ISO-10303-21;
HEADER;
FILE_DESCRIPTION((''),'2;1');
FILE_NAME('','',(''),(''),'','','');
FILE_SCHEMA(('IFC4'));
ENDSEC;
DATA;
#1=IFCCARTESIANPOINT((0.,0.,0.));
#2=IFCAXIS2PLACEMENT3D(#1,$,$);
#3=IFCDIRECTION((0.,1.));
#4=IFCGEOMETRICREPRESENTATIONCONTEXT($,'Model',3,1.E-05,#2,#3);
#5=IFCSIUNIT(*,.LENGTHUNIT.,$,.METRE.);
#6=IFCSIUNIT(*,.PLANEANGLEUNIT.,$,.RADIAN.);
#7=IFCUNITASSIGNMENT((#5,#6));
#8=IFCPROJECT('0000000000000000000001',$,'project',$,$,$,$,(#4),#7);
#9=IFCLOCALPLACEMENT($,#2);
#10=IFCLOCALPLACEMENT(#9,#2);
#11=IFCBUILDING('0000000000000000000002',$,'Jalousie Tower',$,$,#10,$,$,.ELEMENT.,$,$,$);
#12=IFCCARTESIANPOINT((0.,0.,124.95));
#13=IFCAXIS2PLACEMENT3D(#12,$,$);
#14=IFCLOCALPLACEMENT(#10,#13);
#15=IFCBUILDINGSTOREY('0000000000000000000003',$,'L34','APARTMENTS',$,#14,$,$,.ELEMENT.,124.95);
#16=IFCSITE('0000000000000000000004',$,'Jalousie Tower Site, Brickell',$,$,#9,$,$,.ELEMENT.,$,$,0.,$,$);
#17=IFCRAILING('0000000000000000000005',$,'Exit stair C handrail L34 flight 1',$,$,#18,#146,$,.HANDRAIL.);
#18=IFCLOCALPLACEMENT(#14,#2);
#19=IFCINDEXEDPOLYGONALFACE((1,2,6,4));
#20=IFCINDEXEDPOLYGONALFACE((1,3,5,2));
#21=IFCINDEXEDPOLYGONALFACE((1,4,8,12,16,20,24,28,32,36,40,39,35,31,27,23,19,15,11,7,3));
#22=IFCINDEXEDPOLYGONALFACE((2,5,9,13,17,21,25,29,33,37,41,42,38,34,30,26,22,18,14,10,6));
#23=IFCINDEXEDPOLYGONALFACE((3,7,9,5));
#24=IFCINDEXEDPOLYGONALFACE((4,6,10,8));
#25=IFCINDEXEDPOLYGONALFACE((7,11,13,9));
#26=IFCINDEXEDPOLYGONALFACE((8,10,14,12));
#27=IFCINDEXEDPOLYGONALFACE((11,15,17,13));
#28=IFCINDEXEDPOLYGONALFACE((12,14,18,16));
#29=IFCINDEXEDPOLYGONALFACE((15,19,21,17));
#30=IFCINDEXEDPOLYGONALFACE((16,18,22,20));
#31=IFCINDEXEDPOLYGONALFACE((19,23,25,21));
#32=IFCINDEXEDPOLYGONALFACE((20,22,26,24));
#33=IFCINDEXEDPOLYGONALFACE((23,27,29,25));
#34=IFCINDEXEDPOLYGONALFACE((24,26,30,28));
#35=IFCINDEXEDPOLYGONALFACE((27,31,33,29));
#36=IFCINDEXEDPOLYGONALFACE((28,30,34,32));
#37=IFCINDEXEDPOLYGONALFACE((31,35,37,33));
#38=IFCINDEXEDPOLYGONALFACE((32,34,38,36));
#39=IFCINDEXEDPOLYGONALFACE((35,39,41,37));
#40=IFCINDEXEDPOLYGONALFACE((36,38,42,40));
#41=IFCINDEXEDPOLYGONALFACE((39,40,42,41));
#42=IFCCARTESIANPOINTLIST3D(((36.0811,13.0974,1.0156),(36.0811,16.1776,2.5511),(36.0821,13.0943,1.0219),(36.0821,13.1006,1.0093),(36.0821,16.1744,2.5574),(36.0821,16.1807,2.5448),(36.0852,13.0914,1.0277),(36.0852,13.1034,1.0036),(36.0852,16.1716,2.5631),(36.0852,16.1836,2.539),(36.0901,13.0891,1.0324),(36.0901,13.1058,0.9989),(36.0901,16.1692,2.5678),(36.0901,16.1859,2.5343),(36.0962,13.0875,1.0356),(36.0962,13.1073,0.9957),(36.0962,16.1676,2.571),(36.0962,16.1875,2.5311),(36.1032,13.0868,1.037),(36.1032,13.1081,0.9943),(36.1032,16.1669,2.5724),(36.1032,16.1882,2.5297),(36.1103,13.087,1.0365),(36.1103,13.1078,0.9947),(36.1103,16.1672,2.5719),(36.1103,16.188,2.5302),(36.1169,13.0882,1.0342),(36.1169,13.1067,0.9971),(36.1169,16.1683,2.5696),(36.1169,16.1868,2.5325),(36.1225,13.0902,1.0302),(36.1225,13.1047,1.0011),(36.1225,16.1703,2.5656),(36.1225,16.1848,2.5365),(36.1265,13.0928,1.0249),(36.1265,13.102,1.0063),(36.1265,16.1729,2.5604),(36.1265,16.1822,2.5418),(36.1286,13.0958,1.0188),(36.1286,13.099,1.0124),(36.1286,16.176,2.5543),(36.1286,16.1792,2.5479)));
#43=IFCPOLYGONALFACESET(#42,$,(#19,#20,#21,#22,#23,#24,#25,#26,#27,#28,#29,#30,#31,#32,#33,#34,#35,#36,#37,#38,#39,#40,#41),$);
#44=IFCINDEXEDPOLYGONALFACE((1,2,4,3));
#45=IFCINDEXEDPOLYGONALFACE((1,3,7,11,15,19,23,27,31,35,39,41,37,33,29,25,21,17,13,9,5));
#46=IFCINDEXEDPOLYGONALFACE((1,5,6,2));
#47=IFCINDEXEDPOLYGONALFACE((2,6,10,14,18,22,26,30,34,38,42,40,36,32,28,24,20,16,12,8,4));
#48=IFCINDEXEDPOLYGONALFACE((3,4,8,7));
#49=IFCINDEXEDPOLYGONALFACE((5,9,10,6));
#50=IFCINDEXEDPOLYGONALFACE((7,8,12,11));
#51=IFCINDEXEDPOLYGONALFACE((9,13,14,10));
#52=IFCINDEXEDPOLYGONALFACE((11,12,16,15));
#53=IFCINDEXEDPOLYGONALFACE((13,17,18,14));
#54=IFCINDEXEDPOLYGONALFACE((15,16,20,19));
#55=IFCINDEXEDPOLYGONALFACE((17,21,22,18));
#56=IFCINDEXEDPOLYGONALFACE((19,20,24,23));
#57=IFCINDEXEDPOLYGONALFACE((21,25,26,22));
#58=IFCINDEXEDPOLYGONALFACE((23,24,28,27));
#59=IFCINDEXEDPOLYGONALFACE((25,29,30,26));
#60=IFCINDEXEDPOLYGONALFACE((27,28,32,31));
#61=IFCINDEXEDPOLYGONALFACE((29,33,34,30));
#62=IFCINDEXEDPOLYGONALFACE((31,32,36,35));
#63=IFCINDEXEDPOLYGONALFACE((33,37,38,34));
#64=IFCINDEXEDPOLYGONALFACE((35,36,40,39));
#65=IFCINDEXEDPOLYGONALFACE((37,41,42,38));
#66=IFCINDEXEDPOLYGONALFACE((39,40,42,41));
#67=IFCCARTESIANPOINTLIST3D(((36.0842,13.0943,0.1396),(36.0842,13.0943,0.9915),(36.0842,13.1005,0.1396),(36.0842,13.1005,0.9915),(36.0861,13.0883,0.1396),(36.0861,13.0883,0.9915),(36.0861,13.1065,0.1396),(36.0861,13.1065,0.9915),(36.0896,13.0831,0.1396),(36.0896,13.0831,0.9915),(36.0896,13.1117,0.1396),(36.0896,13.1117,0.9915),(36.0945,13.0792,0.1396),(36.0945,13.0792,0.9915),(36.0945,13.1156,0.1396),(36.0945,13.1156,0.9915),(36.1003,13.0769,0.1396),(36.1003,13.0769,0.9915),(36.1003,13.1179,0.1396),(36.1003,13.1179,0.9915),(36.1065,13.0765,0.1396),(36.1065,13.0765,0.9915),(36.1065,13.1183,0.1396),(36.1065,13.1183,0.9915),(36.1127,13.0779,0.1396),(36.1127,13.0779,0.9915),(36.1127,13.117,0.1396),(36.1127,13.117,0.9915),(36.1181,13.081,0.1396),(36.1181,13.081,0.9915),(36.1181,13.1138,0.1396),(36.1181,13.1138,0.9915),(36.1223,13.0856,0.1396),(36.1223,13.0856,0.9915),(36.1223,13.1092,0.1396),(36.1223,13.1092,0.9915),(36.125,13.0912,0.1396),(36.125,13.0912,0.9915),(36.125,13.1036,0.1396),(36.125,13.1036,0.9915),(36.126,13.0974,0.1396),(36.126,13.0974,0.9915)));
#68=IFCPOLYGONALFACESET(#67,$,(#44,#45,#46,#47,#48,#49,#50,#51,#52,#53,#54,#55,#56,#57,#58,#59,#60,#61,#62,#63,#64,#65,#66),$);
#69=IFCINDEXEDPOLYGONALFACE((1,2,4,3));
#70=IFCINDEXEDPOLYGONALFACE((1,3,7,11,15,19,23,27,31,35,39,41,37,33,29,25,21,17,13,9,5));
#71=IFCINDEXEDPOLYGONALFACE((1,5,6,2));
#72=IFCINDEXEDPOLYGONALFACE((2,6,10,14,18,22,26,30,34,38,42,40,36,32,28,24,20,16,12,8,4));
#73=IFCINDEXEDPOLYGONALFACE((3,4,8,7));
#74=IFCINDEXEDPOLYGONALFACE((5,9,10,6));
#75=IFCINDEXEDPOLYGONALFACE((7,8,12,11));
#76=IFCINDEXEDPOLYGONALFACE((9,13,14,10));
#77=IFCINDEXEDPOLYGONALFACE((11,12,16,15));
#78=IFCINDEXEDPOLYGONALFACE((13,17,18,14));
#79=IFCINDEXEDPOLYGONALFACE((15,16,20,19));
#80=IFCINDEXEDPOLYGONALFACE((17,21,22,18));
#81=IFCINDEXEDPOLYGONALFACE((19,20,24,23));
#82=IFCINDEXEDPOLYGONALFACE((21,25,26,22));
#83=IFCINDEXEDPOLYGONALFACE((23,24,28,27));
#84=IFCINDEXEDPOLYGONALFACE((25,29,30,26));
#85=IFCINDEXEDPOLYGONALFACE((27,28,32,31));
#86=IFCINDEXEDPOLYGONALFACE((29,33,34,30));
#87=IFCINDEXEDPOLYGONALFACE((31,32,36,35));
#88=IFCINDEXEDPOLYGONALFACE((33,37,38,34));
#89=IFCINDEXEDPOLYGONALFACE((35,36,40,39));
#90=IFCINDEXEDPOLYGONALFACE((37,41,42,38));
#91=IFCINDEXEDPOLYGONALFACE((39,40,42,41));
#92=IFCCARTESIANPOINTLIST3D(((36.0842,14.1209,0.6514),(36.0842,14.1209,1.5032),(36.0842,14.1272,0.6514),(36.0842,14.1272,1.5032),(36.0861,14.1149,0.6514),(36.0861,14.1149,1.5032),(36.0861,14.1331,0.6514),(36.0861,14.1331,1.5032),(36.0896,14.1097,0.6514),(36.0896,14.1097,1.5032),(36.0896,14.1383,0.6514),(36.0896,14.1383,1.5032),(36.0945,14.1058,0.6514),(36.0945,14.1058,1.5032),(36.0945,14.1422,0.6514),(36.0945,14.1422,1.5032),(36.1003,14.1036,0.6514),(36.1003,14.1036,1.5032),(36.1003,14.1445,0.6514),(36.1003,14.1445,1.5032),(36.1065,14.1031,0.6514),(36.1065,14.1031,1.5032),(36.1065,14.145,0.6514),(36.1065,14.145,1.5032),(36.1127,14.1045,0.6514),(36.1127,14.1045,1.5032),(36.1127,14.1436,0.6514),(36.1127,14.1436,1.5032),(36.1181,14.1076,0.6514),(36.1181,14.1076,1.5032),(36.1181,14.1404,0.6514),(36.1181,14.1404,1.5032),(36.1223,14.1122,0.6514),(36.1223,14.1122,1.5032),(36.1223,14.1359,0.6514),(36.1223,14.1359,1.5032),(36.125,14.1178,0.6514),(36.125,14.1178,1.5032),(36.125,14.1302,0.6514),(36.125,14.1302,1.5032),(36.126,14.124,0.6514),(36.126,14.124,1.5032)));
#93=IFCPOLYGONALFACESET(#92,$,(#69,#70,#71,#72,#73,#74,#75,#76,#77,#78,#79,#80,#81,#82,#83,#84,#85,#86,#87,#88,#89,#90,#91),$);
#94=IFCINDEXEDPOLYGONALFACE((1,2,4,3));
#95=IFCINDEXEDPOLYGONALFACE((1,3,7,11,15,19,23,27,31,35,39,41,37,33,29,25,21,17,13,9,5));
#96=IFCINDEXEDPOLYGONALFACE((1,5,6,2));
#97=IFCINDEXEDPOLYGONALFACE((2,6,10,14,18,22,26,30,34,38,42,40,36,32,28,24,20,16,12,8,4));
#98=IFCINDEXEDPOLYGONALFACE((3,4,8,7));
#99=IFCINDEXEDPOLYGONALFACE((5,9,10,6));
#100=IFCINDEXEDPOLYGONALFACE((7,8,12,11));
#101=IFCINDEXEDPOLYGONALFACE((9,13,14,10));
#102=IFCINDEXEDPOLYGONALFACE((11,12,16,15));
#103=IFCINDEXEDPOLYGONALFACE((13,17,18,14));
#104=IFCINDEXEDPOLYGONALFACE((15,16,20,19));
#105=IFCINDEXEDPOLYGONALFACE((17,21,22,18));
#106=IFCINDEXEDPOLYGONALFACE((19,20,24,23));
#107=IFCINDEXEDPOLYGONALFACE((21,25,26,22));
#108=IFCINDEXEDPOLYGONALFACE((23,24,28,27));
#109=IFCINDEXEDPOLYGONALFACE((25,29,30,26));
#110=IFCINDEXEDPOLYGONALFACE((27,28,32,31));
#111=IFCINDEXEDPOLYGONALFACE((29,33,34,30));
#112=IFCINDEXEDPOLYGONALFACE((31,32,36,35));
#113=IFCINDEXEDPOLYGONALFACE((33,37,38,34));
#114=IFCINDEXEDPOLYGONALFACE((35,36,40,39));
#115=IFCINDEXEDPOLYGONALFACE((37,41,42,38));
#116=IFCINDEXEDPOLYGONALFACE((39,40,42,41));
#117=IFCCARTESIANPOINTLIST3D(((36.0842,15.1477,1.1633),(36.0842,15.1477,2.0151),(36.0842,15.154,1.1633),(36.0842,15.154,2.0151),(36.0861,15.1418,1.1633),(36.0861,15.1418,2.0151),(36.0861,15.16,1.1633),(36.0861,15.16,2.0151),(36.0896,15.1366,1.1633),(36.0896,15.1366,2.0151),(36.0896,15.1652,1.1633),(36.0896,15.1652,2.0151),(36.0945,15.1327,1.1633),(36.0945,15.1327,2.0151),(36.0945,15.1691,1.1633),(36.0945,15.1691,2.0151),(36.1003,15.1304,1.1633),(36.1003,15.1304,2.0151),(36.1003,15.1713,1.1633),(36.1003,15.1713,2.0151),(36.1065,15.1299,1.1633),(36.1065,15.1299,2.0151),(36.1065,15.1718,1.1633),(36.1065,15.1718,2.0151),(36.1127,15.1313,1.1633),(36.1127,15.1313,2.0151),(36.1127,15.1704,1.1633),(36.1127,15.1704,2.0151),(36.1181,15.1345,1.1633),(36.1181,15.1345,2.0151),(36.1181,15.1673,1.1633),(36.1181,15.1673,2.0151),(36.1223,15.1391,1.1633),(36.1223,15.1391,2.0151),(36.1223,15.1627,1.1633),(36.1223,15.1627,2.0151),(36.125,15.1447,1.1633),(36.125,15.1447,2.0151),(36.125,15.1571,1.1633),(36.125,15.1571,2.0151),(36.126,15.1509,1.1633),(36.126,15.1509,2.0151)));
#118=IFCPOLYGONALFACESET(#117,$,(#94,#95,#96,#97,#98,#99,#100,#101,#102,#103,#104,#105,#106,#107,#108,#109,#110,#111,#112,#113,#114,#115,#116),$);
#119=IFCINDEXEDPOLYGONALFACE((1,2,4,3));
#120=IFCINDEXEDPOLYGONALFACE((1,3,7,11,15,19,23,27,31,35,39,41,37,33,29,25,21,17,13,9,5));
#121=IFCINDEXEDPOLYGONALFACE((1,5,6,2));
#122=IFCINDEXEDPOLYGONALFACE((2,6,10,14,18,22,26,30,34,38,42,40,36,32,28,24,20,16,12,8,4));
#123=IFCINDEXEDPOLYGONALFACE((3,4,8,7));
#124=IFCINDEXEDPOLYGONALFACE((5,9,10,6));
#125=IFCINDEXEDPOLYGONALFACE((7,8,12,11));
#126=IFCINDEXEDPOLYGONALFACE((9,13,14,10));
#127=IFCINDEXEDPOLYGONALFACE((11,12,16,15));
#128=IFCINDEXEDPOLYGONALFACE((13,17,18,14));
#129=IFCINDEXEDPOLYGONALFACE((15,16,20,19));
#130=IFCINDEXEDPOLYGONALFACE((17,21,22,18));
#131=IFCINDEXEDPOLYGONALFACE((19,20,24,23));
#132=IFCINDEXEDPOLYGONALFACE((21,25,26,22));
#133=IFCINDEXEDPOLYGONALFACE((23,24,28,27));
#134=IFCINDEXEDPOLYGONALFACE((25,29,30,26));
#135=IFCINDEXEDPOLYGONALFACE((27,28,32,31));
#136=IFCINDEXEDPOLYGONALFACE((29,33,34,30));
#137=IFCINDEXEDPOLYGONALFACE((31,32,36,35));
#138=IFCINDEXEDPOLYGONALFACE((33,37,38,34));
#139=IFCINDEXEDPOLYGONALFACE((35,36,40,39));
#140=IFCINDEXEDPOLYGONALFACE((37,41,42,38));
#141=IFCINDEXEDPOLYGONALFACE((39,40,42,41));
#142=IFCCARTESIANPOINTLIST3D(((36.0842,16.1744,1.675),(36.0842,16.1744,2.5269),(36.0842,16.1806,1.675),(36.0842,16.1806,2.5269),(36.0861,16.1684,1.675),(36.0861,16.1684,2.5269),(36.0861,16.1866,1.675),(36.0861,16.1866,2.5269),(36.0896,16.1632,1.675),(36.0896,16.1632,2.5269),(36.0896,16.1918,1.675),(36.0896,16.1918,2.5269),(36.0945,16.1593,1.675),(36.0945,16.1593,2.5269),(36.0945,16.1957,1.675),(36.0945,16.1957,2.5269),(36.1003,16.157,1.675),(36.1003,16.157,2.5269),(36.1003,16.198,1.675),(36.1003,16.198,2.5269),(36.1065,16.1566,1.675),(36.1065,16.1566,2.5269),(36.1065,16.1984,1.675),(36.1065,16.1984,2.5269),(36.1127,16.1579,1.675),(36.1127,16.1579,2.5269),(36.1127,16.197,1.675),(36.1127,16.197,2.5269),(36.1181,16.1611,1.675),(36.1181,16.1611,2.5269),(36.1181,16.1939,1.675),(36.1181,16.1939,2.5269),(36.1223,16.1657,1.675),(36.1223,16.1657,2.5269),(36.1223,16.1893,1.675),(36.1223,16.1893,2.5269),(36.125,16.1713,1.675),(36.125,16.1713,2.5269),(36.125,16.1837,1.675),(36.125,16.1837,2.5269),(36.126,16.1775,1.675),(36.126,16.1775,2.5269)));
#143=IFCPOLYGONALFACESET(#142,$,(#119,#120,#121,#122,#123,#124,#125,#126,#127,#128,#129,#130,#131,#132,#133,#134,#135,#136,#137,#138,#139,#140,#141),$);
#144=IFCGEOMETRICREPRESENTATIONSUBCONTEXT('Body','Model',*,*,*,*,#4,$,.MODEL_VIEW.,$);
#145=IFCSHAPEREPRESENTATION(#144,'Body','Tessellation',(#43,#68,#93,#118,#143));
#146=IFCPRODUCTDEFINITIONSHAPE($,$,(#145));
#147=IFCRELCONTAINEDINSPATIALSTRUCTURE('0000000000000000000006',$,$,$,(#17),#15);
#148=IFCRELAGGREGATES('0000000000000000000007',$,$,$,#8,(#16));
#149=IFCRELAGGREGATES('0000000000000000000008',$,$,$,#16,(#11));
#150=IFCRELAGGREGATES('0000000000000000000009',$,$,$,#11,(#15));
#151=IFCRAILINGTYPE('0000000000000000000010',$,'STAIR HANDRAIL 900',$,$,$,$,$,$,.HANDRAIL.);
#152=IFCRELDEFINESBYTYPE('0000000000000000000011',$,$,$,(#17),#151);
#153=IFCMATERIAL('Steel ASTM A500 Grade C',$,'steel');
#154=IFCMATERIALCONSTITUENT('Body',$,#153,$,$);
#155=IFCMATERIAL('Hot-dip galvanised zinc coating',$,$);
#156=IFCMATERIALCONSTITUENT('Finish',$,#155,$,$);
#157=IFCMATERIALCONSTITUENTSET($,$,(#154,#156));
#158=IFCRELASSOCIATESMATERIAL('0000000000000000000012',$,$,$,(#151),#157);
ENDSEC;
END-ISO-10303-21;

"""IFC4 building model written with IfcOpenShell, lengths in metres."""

from ifc_helpers import new_model, si_unit, direction, frame, origin, origin_2d, place, context, subcontext, project, spatial, circle, extrude, material, constituent, constituent_set, type_object, element, save


model = new_model("IFC4")

# Units and contexts
model_context = context("Model", 3, precision=1e-05, world=origin(), true_north=direction((0.0, 1.0)))
body_context = subcontext(model_context, "Body", "Model", "MODEL_VIEW")
ifc_project = project(units=[si_unit("LENGTHUNIT", "METRE"), si_unit("PLANEANGLEUNIT", "RADIAN")], contexts=[model_context])

# Site, building, storey
site_placement = place(None, origin())
site = spatial("IfcSite", under=ifc_project, at=site_placement, Name="Jalousie Tower Site, Brickell", CompositionType="ELEMENT", RefElevation=0.0)
building_placement = place(site_placement, origin())
building = spatial("IfcBuilding", under=site, at=building_placement, Name="Jalousie Tower", CompositionType="ELEMENT")
storey_placement = place(building_placement, frame((0.0, 0.0, 124.95)))
storey = spatial("IfcBuildingStorey", under=building, at=storey_placement, Name="L34", Description="APARTMENTS", CompositionType="ELEMENT", Elevation=124.95)

# Railing
ifc_material_1 = material(Name="Steel ASTM A500 Grade C", Category="steel")
ifc_constituent_1 = constituent(ifc_material_1, Name="Body")
ifc_material_2 = material(Name="Hot-dip galvanised zinc coating")
ifc_constituent_2 = constituent(ifc_material_2, Name="Finish")
ifc_constituent_set_1 = constituent_set(constituents=[ifc_constituent_1, ifc_constituent_2])
railing_type_1 = type_object("IfcRailingType", Name="STAIR HANDRAIL 900", PredefinedType="HANDRAIL", material=ifc_constituent_set_1)
railing_1_placement = place(storey_placement, frame((36.105, 13.0974, 0.1396)))
element("IfcRailing", 1, at=railing_1_placement, inside=storey, type_object=railing_type_1, Name="Exit stair C handrail L34 flight 1", PredefinedType="HANDRAIL", context=body_context, shape_type="SweptSolid", body=[
    extrude(circle(Radius=0.0239, at=origin_2d()), frame((0.0, 0.0, 0.876), z_axis=(0.0, 0.894966, 0.446135), x_axis=(-1.0, 0.0, 0.0)), (0.0, 0.0, 1.0), 3.4417),
    extrude(circle(Radius=0.021, at=origin_2d()), origin(), (0.0, 0.0, 1.0), 0.8518),
    extrude(circle(Radius=0.021, at=origin_2d()), frame((0.0, 1.0266, 0.5117)), (0.0, 0.0, 1.0), 0.8518),
    extrude(circle(Radius=0.021, at=origin_2d()), frame((0.0, 2.0535, 1.0237)), (0.0, 0.0, 1.0), 0.8518),
    extrude(circle(Radius=0.021, at=origin_2d()), frame((0.0, 3.0801, 1.5354)), (0.0, 0.0, 1.0), 0.8518),
])

save(model, "model.ifc")
